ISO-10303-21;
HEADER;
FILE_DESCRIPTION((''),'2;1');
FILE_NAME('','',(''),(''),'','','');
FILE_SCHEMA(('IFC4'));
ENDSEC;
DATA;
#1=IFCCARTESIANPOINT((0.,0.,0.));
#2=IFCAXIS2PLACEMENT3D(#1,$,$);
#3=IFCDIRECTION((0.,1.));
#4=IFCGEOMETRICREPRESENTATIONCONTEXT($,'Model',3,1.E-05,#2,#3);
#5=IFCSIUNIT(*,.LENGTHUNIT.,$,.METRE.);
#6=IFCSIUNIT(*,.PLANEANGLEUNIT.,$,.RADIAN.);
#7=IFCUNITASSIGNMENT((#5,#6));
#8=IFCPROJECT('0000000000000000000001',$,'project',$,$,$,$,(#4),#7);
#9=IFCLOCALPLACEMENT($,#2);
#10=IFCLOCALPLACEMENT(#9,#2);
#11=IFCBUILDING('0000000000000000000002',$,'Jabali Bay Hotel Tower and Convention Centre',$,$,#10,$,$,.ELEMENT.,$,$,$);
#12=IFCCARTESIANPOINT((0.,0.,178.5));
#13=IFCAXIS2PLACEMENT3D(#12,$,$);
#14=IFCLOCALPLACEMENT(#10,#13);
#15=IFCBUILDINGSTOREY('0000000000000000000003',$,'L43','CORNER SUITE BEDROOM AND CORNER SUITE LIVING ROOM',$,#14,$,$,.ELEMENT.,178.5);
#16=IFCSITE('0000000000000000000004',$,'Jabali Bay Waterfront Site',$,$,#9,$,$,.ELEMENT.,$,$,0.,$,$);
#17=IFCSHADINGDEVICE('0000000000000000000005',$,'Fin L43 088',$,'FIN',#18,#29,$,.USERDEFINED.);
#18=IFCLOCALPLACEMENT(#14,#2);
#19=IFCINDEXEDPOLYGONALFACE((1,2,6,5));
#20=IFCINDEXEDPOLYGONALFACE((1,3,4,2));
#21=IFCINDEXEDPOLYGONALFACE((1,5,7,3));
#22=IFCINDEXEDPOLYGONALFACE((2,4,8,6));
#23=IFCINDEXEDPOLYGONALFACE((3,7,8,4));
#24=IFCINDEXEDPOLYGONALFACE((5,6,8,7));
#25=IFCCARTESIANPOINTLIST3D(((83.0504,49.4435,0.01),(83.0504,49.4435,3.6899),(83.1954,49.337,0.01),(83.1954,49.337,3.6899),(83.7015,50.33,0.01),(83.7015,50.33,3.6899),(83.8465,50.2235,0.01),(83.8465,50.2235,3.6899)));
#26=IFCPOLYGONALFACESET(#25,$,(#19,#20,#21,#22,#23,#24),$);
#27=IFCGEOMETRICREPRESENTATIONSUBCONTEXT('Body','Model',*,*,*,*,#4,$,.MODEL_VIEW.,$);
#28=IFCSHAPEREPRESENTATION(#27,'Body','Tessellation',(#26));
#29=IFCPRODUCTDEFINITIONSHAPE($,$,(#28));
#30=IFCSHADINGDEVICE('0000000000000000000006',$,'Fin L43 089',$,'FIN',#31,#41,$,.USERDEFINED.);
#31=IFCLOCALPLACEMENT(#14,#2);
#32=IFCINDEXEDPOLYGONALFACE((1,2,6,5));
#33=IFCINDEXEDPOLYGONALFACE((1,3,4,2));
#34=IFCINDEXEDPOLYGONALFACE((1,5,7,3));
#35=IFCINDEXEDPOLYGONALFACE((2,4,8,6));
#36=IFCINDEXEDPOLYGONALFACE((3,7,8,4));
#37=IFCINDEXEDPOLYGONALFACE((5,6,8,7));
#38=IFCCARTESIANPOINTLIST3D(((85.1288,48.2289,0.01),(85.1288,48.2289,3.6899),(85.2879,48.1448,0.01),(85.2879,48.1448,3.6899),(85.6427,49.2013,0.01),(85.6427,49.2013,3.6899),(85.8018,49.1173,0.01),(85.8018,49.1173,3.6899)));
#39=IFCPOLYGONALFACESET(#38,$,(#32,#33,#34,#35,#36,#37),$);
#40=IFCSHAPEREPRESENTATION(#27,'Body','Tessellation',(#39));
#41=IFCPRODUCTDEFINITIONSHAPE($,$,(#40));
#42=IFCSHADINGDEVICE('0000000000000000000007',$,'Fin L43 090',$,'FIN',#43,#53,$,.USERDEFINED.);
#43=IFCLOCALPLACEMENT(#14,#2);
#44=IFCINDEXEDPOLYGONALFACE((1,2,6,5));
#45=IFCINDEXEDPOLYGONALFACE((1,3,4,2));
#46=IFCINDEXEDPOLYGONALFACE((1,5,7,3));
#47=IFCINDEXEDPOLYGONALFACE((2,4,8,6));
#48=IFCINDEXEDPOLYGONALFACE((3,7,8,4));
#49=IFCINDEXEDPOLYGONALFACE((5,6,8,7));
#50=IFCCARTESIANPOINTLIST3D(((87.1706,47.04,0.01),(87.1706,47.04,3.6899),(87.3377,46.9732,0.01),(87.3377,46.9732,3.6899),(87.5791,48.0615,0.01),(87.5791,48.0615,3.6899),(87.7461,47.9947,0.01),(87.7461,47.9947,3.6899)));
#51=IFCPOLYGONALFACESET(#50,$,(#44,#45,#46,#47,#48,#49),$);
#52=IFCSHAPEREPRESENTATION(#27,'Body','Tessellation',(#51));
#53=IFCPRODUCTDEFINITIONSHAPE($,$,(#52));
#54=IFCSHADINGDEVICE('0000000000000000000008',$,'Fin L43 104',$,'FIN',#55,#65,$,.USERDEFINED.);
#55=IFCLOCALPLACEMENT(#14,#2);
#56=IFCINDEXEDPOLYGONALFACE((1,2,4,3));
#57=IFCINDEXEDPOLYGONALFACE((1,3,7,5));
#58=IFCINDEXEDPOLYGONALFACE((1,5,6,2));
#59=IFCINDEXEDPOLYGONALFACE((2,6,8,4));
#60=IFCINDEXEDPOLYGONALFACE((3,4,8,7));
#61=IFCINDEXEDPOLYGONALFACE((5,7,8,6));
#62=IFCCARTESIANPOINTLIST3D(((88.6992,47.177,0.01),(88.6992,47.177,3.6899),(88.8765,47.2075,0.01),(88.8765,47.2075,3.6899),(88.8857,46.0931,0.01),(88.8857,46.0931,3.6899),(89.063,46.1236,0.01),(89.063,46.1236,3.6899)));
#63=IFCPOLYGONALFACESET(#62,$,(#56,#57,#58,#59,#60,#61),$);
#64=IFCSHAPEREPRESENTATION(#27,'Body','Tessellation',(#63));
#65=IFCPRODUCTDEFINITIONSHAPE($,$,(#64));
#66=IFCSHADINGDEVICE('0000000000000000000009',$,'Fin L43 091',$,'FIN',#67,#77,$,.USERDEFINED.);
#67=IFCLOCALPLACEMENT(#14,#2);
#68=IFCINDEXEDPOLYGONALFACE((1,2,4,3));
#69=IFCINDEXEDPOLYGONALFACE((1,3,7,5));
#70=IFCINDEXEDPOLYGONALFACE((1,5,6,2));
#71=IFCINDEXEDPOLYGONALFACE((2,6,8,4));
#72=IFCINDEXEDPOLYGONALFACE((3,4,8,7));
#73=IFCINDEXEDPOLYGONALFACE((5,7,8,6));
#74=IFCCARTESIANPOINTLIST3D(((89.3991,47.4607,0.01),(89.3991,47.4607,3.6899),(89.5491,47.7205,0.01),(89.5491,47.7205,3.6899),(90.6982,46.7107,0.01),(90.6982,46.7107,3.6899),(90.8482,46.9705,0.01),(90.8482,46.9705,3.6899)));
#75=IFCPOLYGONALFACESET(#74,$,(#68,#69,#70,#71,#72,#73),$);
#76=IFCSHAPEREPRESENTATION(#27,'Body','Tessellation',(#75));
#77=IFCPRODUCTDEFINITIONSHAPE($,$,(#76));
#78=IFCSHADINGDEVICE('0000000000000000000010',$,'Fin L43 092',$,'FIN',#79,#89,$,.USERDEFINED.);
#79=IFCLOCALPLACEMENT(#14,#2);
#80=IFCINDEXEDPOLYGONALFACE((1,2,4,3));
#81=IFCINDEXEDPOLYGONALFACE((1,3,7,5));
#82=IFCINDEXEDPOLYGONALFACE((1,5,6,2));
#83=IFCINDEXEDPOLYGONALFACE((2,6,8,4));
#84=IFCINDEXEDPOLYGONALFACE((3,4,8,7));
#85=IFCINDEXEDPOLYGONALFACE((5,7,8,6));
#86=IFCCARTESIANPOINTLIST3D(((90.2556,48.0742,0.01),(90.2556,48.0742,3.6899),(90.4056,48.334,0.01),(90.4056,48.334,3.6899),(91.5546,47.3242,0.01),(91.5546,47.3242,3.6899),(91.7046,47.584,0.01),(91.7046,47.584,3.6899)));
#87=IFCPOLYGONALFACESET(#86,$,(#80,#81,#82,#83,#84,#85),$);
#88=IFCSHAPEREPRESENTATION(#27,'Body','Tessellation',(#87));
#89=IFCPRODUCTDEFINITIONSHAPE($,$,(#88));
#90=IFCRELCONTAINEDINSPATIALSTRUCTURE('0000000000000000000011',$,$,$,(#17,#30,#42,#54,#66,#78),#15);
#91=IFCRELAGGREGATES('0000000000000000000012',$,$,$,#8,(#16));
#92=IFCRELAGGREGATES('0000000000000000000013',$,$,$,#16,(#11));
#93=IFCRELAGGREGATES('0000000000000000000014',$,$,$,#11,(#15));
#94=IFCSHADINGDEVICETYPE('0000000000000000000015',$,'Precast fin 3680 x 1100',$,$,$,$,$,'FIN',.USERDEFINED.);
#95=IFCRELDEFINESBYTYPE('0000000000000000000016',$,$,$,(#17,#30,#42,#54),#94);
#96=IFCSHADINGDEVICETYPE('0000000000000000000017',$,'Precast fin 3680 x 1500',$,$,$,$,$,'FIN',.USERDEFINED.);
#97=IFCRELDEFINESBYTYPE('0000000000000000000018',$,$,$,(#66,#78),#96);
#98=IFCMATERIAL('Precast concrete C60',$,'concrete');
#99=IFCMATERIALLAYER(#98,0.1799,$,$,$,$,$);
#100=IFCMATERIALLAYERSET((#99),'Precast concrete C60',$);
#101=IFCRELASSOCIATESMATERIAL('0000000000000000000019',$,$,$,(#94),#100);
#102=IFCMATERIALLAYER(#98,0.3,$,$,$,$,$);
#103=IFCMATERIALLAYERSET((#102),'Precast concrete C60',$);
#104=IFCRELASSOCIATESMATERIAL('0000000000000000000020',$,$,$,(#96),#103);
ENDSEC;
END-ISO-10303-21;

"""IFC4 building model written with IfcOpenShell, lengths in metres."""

from ifc_helpers import new_model, si_unit, direction, frame, frame_2d, origin, place, context, subcontext, project, spatial, rectangle, extrude, material, layer, layer_set, type_object, element, save


model = new_model("IFC4")

# Units and contexts
model_context = context("Model", 3, precision=1e-05, world=origin(), true_north=direction((0.0, 1.0)))
body_context = subcontext(model_context, "Body", "Model", "MODEL_VIEW")
ifc_project = project(units=[si_unit("LENGTHUNIT", "METRE"), si_unit("PLANEANGLEUNIT", "RADIAN")], contexts=[model_context])

# Site, building, storey
site_placement = place(None, origin())
site = spatial("IfcSite", under=ifc_project, at=site_placement, Name="Jabali Bay Waterfront Site", CompositionType="ELEMENT", RefElevation=0.0)
building_placement = place(site_placement, origin())
building = spatial("IfcBuilding", under=site, at=building_placement, Name="Jabali Bay Hotel Tower and Convention Centre", CompositionType="ELEMENT")
storey_placement = place(building_placement, frame((0.0, 0.0, 178.5)))
storey = spatial("IfcBuildingStorey", under=building, at=storey_placement, Name="L43", Description="CORNER SUITE BEDROOM AND CORNER SUITE LIVING ROOM", CompositionType="ELEMENT", Elevation=178.5)

# Shading devices
ifc_material_1 = material(Name="Precast concrete C60", Category="concrete")
ifc_layer_1 = layer(ifc_material_1, 0.1799)
ifc_layer_set_1 = layer_set([ifc_layer_1], Name="Precast concrete C60")
shading_device_type_1 = type_object("IfcShadingDeviceType", Name="Precast fin 3680 x 1100", ElementType="FIN", PredefinedType="USERDEFINED", material=ifc_layer_set_1)
for number, where, z_axis, x_axis, name in (
    (1, (83.7739, 50.2766, 0.01), (0.0, 0.0, 1.0), (-0.591979, -0.805953, 0.0), "Fin L43 088"),
    (2, (85.7222, 49.1592, 0.01), (0.0, 0.0, 1.0), (-0.467255, -0.884122, 0.0), "Fin L43 089"),
):
    element("IfcShadingDevice", number, at=place(storey_placement, frame(where, z_axis=z_axis, x_axis=x_axis)), inside=storey, type_object=shading_device_type_1, Name=name, ObjectType="FIN", PredefinedType="USERDEFINED", context=body_context, shape_type="SweptSolid", body=[
        extrude(rectangle(XDim=1.0999, YDim=0.1799, at=frame_2d((0.5498, 0.0))), origin(), (0.0, 0.0, 1.0), 3.6799),
    ])
shading_device_1_placement = place(storey_placement, frame((87.6626, 48.0281, 0.01), z_axis=(0.0, 0.0, 1.0), x_axis=(-0.371276, -0.928523, 0.0)))
element("IfcShadingDevice", 3, at=shading_device_1_placement, inside=storey, type_object=shading_device_type_1, Name="Fin L43 090", ObjectType="FIN", PredefinedType="USERDEFINED", context=body_context, shape_type="SweptSolid", body=[
    extrude(rectangle(XDim=1.1001, YDim=0.1799, at=frame_2d((0.55, 0.0))), origin(), (0.0, 0.0, 1.0), 3.6799),
])
shading_device_2_placement = place(storey_placement, frame((88.7878, 47.1921, 0.01), z_axis=(0.0, 0.0, 1.0), x_axis=(0.16958, -0.985516, 0.0)))
element("IfcShadingDevice", 4, at=shading_device_2_placement, inside=storey, type_object=shading_device_type_1, Name="Fin L43 104", ObjectType="FIN", PredefinedType="USERDEFINED", context=body_context, shape_type="SweptSolid", body=[
    extrude(rectangle(XDim=1.0999, YDim=0.1799, at=frame_2d((0.5498, 0.0))), origin(), (0.0, 0.0, 1.0), 3.6799),
])
ifc_layer_2 = layer(ifc_material_1, 0.3)
ifc_layer_set_2 = layer_set([ifc_layer_2], Name="Precast concrete C60")
shading_device_type_2 = type_object("IfcShadingDeviceType", Name="Precast fin 3680 x 1500", ElementType="FIN", PredefinedType="USERDEFINED", material=ifc_layer_set_2)
for number, where, z_axis, x_axis, name in (
    (5, (89.4741, 47.5906, 0.01), (0.0, 0.0, 1.0), (0.866031, -0.49999, 0.0), "Fin L43 091"),
    (6, (90.3306, 48.2041, 0.01), (0.0, 0.0, 1.0), (0.866031, -0.49999, 0.0), "Fin L43 092"),
):
    element("IfcShadingDevice", number, at=place(storey_placement, frame(where, z_axis=z_axis, x_axis=x_axis)), inside=storey, type_object=shading_device_type_2, Name=name, ObjectType="FIN", PredefinedType="USERDEFINED", context=body_context, shape_type="SweptSolid", body=[
        extrude(rectangle(XDim=1.5, YDim=0.3, at=frame_2d((0.75, 0.0))), origin(), (0.0, 0.0, 1.0), 3.6799),
    ])

save(model, "model.ifc")
